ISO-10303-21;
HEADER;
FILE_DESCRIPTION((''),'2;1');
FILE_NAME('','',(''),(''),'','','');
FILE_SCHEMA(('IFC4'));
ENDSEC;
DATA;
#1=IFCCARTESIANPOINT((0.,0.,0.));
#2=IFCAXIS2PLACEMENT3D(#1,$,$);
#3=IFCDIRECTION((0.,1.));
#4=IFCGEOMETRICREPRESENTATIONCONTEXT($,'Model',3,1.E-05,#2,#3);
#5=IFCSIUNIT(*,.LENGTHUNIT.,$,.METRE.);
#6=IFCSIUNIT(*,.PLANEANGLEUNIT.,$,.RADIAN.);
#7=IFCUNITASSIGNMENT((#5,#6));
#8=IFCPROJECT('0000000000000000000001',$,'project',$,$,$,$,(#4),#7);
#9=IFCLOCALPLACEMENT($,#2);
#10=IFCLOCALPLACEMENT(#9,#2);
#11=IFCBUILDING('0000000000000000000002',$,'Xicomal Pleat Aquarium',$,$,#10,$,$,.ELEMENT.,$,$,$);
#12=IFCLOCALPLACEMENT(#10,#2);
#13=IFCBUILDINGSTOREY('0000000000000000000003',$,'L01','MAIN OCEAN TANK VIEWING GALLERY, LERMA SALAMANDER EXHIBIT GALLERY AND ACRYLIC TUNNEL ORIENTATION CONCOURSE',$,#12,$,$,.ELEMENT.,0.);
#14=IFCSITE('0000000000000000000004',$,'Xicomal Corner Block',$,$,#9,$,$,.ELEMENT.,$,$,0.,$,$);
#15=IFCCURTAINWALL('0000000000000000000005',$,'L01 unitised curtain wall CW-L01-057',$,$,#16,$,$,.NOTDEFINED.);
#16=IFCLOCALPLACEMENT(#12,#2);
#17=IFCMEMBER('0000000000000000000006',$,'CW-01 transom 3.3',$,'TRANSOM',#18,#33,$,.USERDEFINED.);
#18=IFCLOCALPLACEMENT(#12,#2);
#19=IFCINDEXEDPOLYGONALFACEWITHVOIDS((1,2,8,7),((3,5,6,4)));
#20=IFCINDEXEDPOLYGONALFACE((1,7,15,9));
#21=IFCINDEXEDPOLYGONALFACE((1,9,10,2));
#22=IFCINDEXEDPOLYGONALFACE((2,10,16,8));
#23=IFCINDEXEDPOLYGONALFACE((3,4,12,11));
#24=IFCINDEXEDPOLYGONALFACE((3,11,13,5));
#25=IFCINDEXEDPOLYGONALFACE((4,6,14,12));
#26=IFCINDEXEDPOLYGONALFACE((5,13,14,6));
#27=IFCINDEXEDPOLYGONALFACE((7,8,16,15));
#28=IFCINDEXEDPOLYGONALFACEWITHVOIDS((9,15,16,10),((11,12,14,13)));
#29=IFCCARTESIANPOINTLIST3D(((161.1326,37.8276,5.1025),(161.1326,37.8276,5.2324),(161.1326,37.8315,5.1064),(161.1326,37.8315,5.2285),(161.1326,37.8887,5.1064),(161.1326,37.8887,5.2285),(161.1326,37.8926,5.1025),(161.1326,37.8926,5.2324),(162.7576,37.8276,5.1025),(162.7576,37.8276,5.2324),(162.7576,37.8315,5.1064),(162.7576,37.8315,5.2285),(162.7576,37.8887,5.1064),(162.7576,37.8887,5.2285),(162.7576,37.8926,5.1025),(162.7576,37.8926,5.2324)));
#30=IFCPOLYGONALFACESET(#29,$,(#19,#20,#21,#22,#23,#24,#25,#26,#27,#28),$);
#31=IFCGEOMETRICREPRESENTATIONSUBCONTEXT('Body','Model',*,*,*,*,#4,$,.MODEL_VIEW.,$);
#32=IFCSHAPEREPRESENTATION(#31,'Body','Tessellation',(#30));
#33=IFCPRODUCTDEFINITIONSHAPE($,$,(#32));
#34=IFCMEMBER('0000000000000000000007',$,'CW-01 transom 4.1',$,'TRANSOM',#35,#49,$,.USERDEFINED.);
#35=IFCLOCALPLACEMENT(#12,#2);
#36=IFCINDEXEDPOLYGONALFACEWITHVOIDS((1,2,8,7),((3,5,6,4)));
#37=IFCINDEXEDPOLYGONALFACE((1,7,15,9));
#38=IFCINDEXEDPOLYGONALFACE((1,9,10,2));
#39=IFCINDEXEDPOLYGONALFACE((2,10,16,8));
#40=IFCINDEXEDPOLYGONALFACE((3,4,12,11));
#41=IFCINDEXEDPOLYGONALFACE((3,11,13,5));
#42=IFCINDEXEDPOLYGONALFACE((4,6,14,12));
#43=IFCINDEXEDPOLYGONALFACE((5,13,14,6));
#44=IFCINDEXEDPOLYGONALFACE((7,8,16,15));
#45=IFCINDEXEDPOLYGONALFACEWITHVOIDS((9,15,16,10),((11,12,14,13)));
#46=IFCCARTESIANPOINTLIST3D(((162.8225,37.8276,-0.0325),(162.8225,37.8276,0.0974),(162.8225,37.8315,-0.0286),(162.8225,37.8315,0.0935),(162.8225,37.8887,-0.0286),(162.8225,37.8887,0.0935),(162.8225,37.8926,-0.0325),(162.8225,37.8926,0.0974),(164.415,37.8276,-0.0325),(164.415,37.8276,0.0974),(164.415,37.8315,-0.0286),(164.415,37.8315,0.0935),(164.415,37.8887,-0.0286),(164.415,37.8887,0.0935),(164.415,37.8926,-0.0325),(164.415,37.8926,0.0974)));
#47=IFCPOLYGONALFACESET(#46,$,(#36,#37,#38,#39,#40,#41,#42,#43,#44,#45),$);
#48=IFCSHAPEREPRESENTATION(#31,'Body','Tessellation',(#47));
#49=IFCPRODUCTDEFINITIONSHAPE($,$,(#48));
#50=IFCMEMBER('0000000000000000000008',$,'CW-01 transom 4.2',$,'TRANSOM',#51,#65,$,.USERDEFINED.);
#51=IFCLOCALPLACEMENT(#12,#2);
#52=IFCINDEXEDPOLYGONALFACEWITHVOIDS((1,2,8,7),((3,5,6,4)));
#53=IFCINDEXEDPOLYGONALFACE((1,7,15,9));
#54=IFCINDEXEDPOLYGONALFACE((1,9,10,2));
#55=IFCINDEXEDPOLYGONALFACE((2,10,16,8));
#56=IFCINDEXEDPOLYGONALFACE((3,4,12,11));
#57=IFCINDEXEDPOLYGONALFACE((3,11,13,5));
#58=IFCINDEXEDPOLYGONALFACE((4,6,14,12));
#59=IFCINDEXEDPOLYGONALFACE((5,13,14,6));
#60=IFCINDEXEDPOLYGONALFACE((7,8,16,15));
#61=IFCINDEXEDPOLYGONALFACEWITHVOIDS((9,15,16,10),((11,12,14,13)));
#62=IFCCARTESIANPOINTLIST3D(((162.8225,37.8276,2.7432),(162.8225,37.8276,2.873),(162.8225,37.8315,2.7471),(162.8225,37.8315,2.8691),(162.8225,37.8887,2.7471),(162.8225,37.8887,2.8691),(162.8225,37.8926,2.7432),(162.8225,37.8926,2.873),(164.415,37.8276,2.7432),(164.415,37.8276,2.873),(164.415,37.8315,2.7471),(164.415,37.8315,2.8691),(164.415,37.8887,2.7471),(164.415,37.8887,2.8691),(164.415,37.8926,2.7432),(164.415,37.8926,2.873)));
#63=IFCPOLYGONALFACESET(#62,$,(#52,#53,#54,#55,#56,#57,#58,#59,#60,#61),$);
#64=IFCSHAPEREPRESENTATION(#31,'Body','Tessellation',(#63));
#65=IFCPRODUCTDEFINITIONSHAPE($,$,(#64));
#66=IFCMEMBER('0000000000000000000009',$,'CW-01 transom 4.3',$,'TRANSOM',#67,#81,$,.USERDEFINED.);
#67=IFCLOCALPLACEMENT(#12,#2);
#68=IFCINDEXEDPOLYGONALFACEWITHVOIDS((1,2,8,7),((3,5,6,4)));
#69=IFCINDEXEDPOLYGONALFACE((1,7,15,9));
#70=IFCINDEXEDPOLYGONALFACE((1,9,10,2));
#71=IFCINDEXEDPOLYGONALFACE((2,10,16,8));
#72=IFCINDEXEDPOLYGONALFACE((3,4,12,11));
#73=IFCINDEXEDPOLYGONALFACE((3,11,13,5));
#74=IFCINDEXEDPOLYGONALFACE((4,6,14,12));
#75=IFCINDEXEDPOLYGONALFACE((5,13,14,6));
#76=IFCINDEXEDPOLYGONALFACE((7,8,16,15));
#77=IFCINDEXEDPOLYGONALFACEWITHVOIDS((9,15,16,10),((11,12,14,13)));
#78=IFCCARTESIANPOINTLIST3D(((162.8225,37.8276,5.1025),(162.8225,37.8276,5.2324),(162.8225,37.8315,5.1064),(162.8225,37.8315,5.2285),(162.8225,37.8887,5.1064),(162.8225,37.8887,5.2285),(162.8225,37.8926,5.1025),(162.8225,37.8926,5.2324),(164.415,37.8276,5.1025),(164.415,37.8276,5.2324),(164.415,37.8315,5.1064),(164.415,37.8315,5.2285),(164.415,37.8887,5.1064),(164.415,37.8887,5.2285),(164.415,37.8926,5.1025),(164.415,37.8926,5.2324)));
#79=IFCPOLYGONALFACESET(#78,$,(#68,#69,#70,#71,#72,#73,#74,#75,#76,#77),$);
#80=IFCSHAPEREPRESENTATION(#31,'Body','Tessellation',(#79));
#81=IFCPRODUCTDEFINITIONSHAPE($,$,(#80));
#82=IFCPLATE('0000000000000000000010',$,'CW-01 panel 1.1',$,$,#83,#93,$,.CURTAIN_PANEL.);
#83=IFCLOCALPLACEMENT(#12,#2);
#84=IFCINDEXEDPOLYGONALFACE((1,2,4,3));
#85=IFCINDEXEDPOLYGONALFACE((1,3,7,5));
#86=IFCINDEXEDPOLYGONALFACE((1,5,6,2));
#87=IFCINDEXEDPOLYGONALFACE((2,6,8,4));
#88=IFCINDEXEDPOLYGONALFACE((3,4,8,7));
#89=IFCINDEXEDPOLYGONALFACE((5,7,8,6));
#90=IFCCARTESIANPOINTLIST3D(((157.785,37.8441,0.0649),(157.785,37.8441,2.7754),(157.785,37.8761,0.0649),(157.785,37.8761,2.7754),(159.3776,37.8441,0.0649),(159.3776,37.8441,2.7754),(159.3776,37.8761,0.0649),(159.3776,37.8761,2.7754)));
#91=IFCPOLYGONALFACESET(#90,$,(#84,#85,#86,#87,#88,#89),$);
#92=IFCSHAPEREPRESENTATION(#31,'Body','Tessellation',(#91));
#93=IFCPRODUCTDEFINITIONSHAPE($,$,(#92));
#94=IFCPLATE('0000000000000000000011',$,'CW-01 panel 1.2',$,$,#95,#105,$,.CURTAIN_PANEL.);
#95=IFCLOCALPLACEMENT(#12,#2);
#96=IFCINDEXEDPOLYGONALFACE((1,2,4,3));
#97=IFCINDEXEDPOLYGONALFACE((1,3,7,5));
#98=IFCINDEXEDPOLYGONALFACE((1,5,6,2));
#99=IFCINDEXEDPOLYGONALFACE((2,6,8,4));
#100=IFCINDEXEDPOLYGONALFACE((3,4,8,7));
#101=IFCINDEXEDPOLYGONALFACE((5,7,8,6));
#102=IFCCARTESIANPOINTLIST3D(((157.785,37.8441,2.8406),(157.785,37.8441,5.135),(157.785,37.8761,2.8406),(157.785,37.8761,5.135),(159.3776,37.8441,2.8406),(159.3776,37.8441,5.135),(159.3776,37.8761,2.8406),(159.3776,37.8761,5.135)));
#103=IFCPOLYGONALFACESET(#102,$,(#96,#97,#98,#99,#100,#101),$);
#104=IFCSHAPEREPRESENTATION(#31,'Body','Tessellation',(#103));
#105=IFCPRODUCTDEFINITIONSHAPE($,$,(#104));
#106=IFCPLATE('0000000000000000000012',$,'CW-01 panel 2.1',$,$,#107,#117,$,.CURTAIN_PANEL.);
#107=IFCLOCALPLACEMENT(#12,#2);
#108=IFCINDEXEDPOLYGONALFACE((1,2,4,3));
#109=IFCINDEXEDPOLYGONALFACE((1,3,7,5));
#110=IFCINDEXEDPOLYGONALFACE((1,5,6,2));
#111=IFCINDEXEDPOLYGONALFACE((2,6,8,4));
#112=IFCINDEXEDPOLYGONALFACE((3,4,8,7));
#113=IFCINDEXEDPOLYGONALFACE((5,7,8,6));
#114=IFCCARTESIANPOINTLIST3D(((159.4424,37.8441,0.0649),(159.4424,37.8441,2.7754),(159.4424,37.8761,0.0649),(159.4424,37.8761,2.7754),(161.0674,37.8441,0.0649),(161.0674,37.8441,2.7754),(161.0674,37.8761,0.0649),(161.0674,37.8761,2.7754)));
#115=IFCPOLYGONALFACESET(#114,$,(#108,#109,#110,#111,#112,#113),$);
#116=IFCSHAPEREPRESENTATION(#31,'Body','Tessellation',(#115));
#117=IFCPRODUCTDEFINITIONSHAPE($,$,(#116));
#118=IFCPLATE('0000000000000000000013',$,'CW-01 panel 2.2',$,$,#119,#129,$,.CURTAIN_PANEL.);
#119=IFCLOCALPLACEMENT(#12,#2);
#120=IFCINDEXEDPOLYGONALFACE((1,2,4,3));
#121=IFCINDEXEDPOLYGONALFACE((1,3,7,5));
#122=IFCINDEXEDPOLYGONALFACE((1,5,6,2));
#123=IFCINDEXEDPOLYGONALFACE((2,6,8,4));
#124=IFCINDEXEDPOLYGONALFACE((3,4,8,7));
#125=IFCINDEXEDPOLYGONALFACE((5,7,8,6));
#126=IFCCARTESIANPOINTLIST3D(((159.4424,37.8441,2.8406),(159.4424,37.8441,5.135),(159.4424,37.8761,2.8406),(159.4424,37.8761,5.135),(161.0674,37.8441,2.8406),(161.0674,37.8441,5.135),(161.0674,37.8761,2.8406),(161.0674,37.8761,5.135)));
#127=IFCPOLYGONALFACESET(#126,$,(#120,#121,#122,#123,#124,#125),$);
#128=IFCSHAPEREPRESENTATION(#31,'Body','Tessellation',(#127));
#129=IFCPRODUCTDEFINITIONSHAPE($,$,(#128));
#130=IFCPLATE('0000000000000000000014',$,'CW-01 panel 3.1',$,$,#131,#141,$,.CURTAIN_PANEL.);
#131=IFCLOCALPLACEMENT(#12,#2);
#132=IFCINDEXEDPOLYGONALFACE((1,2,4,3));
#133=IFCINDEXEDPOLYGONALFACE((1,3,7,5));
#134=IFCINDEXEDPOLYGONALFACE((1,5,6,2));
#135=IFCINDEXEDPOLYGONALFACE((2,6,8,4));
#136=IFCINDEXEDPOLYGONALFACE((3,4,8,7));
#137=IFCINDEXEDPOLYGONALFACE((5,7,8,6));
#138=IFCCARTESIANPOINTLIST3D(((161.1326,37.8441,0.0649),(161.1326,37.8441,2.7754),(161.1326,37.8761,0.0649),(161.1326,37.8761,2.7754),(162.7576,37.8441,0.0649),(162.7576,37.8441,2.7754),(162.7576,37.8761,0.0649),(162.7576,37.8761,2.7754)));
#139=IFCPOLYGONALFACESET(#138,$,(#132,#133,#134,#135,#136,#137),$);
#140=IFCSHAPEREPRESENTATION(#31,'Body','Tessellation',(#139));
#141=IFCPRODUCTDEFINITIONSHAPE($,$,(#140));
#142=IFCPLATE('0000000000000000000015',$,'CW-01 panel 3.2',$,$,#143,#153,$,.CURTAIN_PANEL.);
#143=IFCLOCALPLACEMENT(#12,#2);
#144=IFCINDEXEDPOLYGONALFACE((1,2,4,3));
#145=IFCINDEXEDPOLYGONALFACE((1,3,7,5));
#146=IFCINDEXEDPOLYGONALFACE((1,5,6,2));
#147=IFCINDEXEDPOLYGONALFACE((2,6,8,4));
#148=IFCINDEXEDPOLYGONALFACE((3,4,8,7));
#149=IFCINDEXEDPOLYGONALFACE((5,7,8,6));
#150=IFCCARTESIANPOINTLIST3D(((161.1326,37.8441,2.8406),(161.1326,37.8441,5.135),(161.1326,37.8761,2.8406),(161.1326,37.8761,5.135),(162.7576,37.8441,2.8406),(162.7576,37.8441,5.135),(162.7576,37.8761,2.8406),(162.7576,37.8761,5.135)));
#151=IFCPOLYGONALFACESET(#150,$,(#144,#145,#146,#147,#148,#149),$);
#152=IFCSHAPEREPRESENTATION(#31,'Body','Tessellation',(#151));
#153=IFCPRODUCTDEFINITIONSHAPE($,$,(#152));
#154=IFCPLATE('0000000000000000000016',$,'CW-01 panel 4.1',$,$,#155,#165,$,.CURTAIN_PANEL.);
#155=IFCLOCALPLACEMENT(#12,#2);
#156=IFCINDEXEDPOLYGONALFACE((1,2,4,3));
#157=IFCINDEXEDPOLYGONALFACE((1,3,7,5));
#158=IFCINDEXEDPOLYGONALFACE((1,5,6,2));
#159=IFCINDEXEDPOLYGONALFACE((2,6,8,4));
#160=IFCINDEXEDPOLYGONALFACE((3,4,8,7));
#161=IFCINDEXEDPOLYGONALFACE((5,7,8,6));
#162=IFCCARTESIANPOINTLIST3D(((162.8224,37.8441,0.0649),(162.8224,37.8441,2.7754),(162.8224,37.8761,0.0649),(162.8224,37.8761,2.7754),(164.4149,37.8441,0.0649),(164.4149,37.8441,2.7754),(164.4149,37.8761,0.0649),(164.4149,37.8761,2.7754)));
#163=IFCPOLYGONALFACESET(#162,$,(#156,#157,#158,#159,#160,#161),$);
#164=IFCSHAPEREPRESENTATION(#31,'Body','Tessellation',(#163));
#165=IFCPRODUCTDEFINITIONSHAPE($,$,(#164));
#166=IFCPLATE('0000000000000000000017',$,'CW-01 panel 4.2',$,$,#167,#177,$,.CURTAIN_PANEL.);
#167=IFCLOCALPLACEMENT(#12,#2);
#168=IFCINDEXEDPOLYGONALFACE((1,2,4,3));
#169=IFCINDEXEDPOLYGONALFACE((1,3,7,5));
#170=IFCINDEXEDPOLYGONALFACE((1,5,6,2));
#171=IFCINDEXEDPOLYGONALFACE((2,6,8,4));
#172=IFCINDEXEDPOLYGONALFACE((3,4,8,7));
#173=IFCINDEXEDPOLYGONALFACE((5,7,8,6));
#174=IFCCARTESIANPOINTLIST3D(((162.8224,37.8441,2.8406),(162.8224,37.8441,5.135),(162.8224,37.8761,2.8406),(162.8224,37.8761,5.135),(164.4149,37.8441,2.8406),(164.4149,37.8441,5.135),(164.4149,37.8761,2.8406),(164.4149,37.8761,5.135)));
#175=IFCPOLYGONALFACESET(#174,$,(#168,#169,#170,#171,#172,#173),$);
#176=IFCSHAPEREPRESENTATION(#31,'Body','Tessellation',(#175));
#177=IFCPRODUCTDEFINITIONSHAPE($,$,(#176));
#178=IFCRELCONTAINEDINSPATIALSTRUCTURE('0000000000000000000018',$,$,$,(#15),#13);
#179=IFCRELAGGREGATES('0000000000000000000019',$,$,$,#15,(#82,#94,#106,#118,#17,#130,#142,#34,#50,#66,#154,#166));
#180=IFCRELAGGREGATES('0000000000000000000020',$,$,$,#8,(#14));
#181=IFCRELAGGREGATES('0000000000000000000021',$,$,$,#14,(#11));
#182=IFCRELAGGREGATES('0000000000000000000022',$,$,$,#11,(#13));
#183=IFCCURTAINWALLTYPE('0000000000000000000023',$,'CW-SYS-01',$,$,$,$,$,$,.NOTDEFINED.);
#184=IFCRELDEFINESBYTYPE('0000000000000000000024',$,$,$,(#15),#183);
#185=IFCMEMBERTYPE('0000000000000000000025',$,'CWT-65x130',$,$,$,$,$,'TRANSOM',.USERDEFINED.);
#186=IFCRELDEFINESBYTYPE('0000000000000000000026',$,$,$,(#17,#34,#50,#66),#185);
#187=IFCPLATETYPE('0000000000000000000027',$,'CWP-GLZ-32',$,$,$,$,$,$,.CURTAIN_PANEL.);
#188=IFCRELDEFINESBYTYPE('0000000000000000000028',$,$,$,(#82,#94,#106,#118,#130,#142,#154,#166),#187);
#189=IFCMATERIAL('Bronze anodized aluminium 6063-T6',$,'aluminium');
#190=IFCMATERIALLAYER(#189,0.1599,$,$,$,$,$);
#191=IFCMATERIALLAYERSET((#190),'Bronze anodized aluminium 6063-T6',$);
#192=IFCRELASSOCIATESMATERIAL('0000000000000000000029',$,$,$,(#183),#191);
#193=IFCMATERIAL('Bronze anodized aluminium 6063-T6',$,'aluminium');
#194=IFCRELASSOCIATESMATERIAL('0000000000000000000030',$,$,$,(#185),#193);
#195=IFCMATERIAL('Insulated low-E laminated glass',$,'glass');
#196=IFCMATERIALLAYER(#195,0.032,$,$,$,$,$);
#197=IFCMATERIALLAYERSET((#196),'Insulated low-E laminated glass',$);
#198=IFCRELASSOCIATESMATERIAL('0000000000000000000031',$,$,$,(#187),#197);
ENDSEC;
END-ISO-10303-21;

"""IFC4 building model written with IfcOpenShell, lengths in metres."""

from ifc_helpers import new_model, si_unit, direction, frame, origin, origin_2d, place, context, subcontext, project, spatial, rectangle, hollow_rectangle, extrude, material, layer, layer_set, material_profile, profile_set, type_object, element, aggregate, save


model = new_model("IFC4")

# Units and contexts
model_context = context("Model", 3, precision=1e-05, world=origin(), true_north=direction((0.0, 1.0)))
body_context = subcontext(model_context, "Body", "Model", "MODEL_VIEW")
ifc_project = project(units=[si_unit("LENGTHUNIT", "METRE"), si_unit("PLANEANGLEUNIT", "RADIAN")], contexts=[model_context])

# Site, building, storey
site_placement = place(None, origin())
site = spatial("IfcSite", under=ifc_project, at=site_placement, Name="Xicomal Corner Block", CompositionType="ELEMENT", RefElevation=0.0)
building_placement = place(site_placement, origin())
building = spatial("IfcBuilding", under=site, at=building_placement, Name="Xicomal Pleat Aquarium", CompositionType="ELEMENT")
storey_placement = place(building_placement, origin())
storey = spatial("IfcBuildingStorey", under=building, at=storey_placement, Name="L01", Description="MAIN OCEAN TANK VIEWING GALLERY, LERMA SALAMANDER EXHIBIT GALLERY AND ACRYLIC TUNNEL ORIENTATION CONCOURSE", CompositionType="ELEMENT", Elevation=0.0)

# Curtain wall, members, plates
ifc_material_1 = material(Name="Bronze anodized aluminium 6063-T6", Category="aluminium")
ifc_layer_1 = layer(ifc_material_1, 0.1599)
ifc_layer_set_1 = layer_set([ifc_layer_1], Name="Bronze anodized aluminium 6063-T6")
curtain_wall_type = type_object("IfcCurtainWallType", Name="CW-SYS-01", PredefinedType="NOTDEFINED", material=ifc_layer_set_1)
curtain_wall_placement = place(storey_placement, origin())
curtain_wall = element("IfcCurtainWall", 1, at=curtain_wall_placement, inside=storey, type_object=curtain_wall_type, Name="L01 unitised curtain wall CW-L01-057", PredefinedType="NOTDEFINED")
ifc_material_2 = material(Name="Bronze anodized aluminium 6063-T6", Category="aluminium")
ifc_material_profile_1 = material_profile(ifc_material_2, hollow_rectangle(XDim=0.0649, YDim=0.1299, WallThickness=0.0039, at=origin_2d()), Name="ALU TRAN 65x130")
ifc_profile_set_1 = profile_set([ifc_material_profile_1], Name="Bronze anodized aluminium 6063-T6")
member_type_1 = type_object("IfcMemberType", Name="CWT-65x130", ElementType="TRANSOM", PredefinedType="USERDEFINED", material=ifc_profile_set_1)
member_1_placement = place(storey_placement, frame((161.1326, 37.8601, 5.1675), z_axis=(1.0, 0.0, 0.0), x_axis=(0.0, 1.0, 0.0)))
member_1 = element("IfcMember", 2, at=member_1_placement, type_object=member_type_1, Name="CW-01 transom 3.3", ObjectType="TRANSOM", PredefinedType="USERDEFINED", context=body_context, shape_type="SweptSolid", body=[
    extrude(hollow_rectangle(XDim=0.0649, YDim=0.1299, WallThickness=0.0039, at=origin_2d()), origin(), (0.0, 0.0, 1.0), 1.625),
])
member_2_placement = place(storey_placement, frame((162.8225, 37.8601, 0.0325), z_axis=(1.0, 0.0, 0.0), x_axis=(0.0, 1.0, 0.0)))
member_2 = element("IfcMember", 3, at=member_2_placement, type_object=member_type_1, Name="CW-01 transom 4.1", ObjectType="TRANSOM", PredefinedType="USERDEFINED", context=body_context, shape_type="SweptSolid", body=[
    extrude(hollow_rectangle(XDim=0.0649, YDim=0.1299, WallThickness=0.0039, at=origin_2d()), origin(), (0.0, 0.0, 1.0), 1.5925),
])
member_3_placement = place(storey_placement, frame((162.8225, 37.8601, 2.8081), z_axis=(1.0, 0.0, 0.0), x_axis=(0.0, 1.0, 0.0)))
member_3 = element("IfcMember", 4, at=member_3_placement, type_object=member_type_1, Name="CW-01 transom 4.2", ObjectType="TRANSOM", PredefinedType="USERDEFINED", context=body_context, shape_type="SweptSolid", body=[
    extrude(hollow_rectangle(XDim=0.0649, YDim=0.1299, WallThickness=0.0039, at=origin_2d()), origin(), (0.0, 0.0, 1.0), 1.5925),
])
member_4_placement = place(storey_placement, frame((162.8225, 37.8601, 5.1675), z_axis=(1.0, 0.0, 0.0), x_axis=(0.0, 1.0, 0.0)))
member_4 = element("IfcMember", 5, at=member_4_placement, type_object=member_type_1, Name="CW-01 transom 4.3", ObjectType="TRANSOM", PredefinedType="USERDEFINED", context=body_context, shape_type="SweptSolid", body=[
    extrude(hollow_rectangle(XDim=0.0649, YDim=0.1299, WallThickness=0.0039, at=origin_2d()), origin(), (0.0, 0.0, 1.0), 1.5925),
])
ifc_material_3 = material(Name="Insulated low-E laminated glass", Category="glass")
ifc_layer_2 = layer(ifc_material_3, 0.032)
ifc_layer_set_2 = layer_set([ifc_layer_2], Name="Insulated low-E laminated glass")
plate_type = type_object("IfcPlateType", Name="CWP-GLZ-32", PredefinedType="CURTAIN_PANEL", material=ifc_layer_set_2)
plate_1_placement = place(storey_placement, frame((158.5813, 37.8601, 0.0649), z_axis=(0.0, 0.0, 1.0), x_axis=(1.0, 0.0, 0.0)))
plate_1 = element("IfcPlate", 6, at=plate_1_placement, type_object=plate_type, Name="CW-01 panel 1.1", PredefinedType="CURTAIN_PANEL", context=body_context, shape_type="SweptSolid", body=[
    extrude(rectangle(XDim=1.5925, YDim=0.032, at=origin_2d()), origin(), (0.0, 0.0, 1.0), 2.7104),
])
plate_2_placement = place(storey_placement, frame((158.5813, 37.8601, 2.8406), z_axis=(0.0, 0.0, 1.0), x_axis=(1.0, 0.0, 0.0)))
plate_2 = element("IfcPlate", 7, at=plate_2_placement, type_object=plate_type, Name="CW-01 panel 1.2", PredefinedType="CURTAIN_PANEL", context=body_context, shape_type="SweptSolid", body=[
    extrude(rectangle(XDim=1.5925, YDim=0.032, at=origin_2d()), origin(), (0.0, 0.0, 1.0), 2.2944),
])
plate_3_placement = place(storey_placement, frame((160.2549, 37.8601, 0.0649), z_axis=(0.0, 0.0, 1.0), x_axis=(1.0, 0.0, 0.0)))
plate_3 = element("IfcPlate", 8, at=plate_3_placement, type_object=plate_type, Name="CW-01 panel 2.1", PredefinedType="CURTAIN_PANEL", context=body_context, shape_type="SweptSolid", body=[
    extrude(rectangle(XDim=1.625, YDim=0.032, at=origin_2d()), origin(), (0.0, 0.0, 1.0), 2.7104),
])
plate_4_placement = place(storey_placement, frame((160.2549, 37.8601, 2.8406), z_axis=(0.0, 0.0, 1.0), x_axis=(1.0, 0.0, 0.0)))
plate_4 = element("IfcPlate", 9, at=plate_4_placement, type_object=plate_type, Name="CW-01 panel 2.2", PredefinedType="CURTAIN_PANEL", context=body_context, shape_type="SweptSolid", body=[
    extrude(rectangle(XDim=1.625, YDim=0.032, at=origin_2d()), origin(), (0.0, 0.0, 1.0), 2.2944),
])
plate_5_placement = place(storey_placement, frame((161.9451, 37.8601, 0.0649), z_axis=(0.0, 0.0, 1.0), x_axis=(1.0, 0.0, 0.0)))
plate_5 = element("IfcPlate", 10, at=plate_5_placement, type_object=plate_type, Name="CW-01 panel 3.1", PredefinedType="CURTAIN_PANEL", context=body_context, shape_type="SweptSolid", body=[
    extrude(rectangle(XDim=1.625, YDim=0.032, at=origin_2d()), origin(), (0.0, 0.0, 1.0), 2.7104),
])
plate_6_placement = place(storey_placement, frame((161.9451, 37.8601, 2.8406), z_axis=(0.0, 0.0, 1.0), x_axis=(1.0, 0.0, 0.0)))
plate_6 = element("IfcPlate", 11, at=plate_6_placement, type_object=plate_type, Name="CW-01 panel 3.2", PredefinedType="CURTAIN_PANEL", context=body_context, shape_type="SweptSolid", body=[
    extrude(rectangle(XDim=1.625, YDim=0.032, at=origin_2d()), origin(), (0.0, 0.0, 1.0), 2.2944),
])
plate_7_placement = place(storey_placement, frame((163.6187, 37.8601, 0.0649), z_axis=(0.0, 0.0, 1.0), x_axis=(1.0, 0.0, 0.0)))
plate_7 = element("IfcPlate", 12, at=plate_7_placement, type_object=plate_type, Name="CW-01 panel 4.1", PredefinedType="CURTAIN_PANEL", context=body_context, shape_type="SweptSolid", body=[
    extrude(rectangle(XDim=1.5925, YDim=0.032, at=origin_2d()), origin(), (0.0, 0.0, 1.0), 2.7104),
])
plate_8_placement = place(storey_placement, frame((163.6187, 37.8601, 2.8406), z_axis=(0.0, 0.0, 1.0), x_axis=(1.0, 0.0, 0.0)))
plate_8 = element("IfcPlate", 13, at=plate_8_placement, type_object=plate_type, Name="CW-01 panel 4.2", PredefinedType="CURTAIN_PANEL", context=body_context, shape_type="SweptSolid", body=[
    extrude(rectangle(XDim=1.5925, YDim=0.032, at=origin_2d()), origin(), (0.0, 0.0, 1.0), 2.2944),
])
aggregate(curtain_wall, [plate_1, plate_2, plate_3, plate_4, member_1, plate_5, plate_6, member_2, member_3, member_4, plate_7, plate_8])

save(model, "model.ifc")
